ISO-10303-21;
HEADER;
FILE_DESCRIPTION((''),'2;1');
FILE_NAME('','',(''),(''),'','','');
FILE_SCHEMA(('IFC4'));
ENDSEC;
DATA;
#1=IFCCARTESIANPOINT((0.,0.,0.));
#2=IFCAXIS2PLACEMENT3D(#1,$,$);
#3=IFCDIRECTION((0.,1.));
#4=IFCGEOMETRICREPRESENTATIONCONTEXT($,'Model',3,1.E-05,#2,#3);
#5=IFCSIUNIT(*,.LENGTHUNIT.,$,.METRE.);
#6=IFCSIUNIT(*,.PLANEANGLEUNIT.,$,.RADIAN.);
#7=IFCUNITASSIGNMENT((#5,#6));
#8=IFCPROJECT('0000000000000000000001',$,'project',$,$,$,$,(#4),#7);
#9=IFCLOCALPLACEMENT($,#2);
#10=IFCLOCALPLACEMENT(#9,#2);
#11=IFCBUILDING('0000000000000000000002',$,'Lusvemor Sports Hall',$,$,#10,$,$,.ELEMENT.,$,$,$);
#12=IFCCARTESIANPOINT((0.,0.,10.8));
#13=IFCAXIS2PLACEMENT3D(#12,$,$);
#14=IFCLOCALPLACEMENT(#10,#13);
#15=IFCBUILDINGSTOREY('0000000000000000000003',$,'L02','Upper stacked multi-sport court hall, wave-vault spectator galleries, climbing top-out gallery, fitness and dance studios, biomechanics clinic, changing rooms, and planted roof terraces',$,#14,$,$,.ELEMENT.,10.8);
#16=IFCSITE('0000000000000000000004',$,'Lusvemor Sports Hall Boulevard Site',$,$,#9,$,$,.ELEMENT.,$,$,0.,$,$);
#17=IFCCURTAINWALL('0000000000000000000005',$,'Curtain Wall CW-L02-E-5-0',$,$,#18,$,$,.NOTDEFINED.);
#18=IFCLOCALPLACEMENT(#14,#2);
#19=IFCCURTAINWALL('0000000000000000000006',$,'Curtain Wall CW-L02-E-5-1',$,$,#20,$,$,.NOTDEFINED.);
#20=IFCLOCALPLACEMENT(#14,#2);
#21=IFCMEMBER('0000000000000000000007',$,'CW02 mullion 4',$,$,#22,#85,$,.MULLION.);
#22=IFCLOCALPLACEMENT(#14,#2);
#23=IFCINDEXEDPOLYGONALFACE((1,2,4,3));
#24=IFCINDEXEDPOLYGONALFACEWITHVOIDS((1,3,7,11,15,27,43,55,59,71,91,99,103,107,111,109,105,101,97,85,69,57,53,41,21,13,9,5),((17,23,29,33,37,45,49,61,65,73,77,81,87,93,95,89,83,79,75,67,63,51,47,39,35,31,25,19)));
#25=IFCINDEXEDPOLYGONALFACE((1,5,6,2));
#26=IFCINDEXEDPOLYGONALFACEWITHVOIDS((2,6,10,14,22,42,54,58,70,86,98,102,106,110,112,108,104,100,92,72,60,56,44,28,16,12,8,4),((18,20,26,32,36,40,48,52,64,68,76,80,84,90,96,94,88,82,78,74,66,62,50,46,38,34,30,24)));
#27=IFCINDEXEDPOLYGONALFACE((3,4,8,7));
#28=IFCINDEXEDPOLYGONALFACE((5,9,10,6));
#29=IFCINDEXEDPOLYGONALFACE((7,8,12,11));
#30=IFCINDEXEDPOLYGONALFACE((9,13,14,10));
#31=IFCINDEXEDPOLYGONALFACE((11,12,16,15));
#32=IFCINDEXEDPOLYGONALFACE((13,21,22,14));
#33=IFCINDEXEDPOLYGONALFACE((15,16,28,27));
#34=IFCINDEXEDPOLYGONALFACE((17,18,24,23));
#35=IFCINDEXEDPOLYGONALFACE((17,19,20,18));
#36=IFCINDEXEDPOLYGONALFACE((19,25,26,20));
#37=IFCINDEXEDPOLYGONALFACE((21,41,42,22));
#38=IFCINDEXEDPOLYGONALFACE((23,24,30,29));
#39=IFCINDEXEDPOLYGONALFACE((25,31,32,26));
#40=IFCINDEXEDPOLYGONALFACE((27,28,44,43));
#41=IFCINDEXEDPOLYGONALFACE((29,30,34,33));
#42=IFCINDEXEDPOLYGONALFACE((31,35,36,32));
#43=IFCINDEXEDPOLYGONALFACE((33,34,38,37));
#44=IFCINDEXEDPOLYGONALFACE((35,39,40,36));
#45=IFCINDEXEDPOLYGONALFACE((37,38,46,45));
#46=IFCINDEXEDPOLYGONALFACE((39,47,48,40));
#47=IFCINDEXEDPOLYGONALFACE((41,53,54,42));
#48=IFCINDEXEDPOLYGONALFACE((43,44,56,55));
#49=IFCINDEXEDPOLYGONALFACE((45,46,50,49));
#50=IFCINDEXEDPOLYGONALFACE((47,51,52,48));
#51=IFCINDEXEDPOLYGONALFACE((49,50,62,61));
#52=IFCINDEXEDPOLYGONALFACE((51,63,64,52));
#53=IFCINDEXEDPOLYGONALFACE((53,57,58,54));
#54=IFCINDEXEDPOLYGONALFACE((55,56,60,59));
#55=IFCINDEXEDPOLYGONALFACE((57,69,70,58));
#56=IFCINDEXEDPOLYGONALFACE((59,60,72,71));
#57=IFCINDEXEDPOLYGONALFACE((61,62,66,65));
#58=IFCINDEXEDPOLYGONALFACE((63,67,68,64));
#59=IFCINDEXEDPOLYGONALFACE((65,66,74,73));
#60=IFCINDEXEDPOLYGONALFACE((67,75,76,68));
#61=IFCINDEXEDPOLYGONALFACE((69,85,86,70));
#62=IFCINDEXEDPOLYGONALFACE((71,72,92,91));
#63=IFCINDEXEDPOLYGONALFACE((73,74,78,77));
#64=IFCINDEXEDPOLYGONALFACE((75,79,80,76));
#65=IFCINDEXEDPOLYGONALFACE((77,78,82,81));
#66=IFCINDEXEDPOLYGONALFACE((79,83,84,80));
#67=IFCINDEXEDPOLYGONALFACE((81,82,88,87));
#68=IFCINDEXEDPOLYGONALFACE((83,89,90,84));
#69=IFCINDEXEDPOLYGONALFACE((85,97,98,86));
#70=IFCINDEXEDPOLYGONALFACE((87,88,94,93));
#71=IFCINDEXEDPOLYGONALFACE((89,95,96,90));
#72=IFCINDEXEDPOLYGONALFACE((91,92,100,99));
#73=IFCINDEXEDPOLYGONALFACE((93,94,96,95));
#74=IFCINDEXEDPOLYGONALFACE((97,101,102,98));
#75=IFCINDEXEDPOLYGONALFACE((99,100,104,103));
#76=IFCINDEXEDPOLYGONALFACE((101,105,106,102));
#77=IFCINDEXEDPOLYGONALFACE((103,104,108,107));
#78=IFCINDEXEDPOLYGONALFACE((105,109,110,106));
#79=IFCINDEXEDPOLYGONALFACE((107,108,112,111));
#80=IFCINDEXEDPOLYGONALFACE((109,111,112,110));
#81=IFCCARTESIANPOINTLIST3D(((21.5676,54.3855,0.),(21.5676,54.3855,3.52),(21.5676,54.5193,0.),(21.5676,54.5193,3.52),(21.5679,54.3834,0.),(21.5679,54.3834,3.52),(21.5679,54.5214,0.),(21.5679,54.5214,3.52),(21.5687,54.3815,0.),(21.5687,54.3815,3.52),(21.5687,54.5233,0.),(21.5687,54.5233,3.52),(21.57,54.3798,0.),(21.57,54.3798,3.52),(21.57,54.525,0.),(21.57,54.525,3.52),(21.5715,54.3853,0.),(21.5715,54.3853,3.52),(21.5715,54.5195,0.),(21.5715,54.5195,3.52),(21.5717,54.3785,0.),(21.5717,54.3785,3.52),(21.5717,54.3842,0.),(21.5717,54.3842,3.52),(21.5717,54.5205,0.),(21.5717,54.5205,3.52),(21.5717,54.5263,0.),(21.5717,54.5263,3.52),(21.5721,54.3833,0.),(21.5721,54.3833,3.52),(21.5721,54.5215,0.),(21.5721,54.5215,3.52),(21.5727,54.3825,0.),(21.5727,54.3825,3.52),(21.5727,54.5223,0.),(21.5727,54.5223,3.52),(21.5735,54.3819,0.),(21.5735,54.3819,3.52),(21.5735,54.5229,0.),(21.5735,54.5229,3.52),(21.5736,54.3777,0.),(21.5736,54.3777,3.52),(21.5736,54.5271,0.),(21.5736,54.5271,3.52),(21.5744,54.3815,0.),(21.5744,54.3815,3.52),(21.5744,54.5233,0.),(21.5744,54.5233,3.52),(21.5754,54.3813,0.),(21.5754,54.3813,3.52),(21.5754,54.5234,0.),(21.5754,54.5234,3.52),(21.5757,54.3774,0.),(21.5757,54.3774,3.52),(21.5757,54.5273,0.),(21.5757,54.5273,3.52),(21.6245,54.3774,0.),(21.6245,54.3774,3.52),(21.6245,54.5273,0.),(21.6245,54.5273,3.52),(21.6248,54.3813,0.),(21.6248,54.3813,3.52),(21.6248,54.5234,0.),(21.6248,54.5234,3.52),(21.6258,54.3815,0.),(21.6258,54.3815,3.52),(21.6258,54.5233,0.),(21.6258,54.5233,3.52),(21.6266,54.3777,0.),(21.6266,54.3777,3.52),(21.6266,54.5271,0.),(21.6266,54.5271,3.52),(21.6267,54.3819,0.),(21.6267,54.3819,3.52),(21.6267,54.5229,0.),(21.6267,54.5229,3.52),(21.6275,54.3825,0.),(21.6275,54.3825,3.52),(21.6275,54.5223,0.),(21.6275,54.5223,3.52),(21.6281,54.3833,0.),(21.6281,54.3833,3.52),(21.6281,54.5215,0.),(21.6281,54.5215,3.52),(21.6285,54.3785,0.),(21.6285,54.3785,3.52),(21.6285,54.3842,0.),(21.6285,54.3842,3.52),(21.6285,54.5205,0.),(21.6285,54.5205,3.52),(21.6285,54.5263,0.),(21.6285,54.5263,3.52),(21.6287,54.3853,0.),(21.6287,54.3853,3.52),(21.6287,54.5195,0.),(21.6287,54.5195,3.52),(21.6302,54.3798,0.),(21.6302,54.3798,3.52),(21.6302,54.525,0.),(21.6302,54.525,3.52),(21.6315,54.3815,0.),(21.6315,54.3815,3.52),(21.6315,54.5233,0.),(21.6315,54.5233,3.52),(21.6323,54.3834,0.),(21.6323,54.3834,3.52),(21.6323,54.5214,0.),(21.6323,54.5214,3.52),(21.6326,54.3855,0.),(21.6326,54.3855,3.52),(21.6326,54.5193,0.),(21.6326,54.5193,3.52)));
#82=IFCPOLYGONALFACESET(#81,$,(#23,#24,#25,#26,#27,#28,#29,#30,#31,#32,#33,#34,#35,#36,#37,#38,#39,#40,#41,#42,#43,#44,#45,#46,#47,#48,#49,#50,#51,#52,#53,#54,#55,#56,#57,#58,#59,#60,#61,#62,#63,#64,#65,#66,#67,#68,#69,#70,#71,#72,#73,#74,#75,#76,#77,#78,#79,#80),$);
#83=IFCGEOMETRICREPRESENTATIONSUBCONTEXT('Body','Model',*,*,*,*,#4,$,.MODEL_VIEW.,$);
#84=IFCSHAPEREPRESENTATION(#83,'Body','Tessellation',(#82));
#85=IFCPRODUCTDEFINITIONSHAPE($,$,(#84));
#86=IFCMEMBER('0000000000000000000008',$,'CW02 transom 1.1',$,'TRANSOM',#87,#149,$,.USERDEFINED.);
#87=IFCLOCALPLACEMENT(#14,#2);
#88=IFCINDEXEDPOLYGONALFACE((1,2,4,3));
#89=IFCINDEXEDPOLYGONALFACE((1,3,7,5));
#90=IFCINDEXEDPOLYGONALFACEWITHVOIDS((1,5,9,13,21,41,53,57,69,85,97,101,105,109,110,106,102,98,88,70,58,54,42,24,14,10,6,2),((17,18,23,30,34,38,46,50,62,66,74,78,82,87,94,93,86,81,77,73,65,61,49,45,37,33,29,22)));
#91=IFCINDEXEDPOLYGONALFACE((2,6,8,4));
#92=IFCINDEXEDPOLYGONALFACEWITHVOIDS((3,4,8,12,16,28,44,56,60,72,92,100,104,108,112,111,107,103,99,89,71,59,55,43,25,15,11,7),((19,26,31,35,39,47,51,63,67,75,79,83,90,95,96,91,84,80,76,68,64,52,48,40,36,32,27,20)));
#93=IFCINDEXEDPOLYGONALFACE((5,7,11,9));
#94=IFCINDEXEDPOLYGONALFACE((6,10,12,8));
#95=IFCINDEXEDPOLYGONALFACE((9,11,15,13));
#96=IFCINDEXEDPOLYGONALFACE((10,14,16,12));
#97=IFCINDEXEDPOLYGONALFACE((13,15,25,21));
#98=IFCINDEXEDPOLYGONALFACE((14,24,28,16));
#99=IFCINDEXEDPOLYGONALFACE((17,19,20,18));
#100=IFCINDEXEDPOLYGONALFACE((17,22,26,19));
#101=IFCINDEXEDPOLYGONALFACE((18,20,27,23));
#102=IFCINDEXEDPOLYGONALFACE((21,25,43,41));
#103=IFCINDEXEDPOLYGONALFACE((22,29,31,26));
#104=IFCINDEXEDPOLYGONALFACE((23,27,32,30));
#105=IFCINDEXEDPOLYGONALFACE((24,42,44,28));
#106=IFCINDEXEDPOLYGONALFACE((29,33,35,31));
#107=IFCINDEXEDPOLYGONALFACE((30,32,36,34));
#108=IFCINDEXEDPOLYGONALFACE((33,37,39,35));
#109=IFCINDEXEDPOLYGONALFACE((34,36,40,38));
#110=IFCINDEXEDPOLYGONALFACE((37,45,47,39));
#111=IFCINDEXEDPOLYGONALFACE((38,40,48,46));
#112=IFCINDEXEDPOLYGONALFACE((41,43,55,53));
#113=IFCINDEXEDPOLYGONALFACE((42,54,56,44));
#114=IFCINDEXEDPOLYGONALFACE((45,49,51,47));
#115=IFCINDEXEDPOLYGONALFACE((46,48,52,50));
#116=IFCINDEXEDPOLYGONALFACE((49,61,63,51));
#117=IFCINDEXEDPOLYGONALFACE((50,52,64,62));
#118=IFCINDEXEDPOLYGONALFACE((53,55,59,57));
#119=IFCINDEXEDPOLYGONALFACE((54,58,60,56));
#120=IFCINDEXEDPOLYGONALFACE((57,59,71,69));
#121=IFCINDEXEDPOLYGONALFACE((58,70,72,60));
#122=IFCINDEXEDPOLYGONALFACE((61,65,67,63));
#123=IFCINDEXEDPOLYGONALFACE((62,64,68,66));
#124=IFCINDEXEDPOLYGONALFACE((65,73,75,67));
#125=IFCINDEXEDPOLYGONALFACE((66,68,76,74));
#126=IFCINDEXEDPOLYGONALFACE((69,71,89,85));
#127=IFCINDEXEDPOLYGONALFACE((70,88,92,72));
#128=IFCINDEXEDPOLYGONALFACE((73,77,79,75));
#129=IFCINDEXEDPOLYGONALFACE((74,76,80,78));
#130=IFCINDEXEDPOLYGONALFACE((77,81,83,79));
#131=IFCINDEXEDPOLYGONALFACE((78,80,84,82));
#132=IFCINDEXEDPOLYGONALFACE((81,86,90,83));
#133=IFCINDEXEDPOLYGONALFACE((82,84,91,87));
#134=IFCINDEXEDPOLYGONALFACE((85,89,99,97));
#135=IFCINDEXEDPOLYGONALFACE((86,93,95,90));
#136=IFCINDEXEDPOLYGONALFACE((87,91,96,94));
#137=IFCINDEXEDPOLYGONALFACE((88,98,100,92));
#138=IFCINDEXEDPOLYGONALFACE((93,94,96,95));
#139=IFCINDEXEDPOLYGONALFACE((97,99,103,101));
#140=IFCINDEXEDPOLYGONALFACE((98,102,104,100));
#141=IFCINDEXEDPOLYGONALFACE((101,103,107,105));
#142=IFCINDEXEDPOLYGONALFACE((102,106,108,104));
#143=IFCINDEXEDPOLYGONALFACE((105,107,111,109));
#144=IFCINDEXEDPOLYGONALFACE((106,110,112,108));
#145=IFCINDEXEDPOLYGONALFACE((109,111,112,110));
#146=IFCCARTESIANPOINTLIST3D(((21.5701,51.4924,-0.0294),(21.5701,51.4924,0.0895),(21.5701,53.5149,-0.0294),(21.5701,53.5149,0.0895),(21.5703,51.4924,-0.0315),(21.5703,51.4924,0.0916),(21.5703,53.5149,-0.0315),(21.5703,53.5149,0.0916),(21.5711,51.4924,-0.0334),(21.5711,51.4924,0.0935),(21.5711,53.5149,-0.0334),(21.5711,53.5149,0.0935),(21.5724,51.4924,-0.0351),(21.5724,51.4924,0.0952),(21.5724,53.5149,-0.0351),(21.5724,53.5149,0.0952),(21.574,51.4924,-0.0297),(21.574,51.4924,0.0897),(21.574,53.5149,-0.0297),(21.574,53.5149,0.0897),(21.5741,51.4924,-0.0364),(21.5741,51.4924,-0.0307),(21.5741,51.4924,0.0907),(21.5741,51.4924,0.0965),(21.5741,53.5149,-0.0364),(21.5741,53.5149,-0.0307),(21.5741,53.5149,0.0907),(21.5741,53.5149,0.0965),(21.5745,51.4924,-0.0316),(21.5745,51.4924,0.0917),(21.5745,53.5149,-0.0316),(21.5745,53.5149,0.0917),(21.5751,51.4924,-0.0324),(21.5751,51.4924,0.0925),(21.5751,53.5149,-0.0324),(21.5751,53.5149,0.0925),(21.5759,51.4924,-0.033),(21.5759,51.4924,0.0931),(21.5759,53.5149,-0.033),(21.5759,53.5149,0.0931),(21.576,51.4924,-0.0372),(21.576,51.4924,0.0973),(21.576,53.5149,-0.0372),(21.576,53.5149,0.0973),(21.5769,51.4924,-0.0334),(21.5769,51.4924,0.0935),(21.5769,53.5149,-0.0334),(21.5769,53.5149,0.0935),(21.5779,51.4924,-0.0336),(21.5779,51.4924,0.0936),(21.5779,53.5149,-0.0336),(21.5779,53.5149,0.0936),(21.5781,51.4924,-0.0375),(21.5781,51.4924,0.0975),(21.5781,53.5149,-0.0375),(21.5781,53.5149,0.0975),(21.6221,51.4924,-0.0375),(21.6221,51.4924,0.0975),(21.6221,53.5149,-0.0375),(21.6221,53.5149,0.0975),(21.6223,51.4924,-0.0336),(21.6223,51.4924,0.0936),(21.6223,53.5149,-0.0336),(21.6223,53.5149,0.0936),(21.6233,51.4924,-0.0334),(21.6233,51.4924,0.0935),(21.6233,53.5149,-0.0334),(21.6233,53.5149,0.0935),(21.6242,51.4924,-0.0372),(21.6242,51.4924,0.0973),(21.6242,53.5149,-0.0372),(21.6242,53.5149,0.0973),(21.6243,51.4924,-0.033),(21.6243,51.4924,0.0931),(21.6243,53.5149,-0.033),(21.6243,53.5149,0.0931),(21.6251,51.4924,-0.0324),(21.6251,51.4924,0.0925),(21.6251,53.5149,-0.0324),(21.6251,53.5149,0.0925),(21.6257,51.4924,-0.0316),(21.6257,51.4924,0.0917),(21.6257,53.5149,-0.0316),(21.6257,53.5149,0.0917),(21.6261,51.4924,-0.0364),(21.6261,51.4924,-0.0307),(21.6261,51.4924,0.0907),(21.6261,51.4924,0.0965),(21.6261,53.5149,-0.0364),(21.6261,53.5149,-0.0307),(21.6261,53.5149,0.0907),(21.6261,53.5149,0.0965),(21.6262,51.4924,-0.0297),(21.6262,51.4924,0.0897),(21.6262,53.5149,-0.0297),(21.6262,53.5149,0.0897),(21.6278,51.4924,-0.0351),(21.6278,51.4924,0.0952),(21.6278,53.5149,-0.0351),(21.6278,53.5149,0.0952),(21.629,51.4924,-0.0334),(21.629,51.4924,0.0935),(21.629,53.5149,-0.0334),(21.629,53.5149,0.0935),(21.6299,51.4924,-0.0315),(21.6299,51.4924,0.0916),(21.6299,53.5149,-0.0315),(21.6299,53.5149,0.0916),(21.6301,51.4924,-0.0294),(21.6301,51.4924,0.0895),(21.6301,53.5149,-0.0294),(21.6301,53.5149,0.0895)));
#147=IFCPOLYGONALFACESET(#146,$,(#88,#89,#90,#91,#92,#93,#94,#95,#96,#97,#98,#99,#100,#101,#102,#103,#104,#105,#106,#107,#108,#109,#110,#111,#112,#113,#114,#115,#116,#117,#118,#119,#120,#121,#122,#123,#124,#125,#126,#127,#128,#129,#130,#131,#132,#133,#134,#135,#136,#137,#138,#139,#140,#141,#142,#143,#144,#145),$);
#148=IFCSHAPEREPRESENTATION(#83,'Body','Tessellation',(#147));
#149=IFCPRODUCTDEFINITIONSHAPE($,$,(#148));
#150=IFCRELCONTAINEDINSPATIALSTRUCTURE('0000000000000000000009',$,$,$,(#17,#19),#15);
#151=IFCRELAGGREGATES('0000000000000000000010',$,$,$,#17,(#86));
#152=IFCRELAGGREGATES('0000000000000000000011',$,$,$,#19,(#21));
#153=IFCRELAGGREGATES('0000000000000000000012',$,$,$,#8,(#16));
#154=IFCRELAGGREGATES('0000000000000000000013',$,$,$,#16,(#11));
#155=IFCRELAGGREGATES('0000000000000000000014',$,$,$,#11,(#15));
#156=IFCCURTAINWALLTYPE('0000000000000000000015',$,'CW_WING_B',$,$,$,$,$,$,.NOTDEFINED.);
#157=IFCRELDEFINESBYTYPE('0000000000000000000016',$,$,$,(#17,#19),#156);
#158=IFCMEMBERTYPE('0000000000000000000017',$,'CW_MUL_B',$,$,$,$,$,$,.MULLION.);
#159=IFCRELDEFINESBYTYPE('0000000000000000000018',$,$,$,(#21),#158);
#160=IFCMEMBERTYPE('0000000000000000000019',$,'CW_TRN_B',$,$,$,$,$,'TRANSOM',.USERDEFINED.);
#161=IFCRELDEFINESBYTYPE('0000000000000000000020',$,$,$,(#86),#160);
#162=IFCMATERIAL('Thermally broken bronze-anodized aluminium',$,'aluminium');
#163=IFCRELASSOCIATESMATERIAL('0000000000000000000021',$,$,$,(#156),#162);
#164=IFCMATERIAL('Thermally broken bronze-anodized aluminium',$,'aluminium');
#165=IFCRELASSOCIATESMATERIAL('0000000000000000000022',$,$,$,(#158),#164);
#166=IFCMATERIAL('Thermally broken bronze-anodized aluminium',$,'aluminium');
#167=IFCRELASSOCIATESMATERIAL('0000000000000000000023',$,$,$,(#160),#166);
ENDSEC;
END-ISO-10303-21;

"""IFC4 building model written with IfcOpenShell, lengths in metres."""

from ifc_helpers import new_model, si_unit, direction, frame, origin, origin_2d, place, context, subcontext, project, spatial, hollow_rectangle, extrude, material, material_profile, profile_set, type_object, element, aggregate, save


model = new_model("IFC4")

# Units and contexts
model_context = context("Model", 3, precision=1e-05, world=origin(), true_north=direction((0.0, 1.0)))
body_context = subcontext(model_context, "Body", "Model", "MODEL_VIEW")
ifc_project = project(units=[si_unit("LENGTHUNIT", "METRE"), si_unit("PLANEANGLEUNIT", "RADIAN")], contexts=[model_context])

# Site, building, storey
site_placement = place(None, origin())
site = spatial("IfcSite", under=ifc_project, at=site_placement, Name="Lusvemor Sports Hall Boulevard Site", CompositionType="ELEMENT", RefElevation=0.0)
building_placement = place(site_placement, origin())
building = spatial("IfcBuilding", under=site, at=building_placement, Name="Lusvemor Sports Hall", CompositionType="ELEMENT")
storey_placement = place(building_placement, frame((0.0, 0.0, 10.8)))
storey = spatial("IfcBuildingStorey", under=building, at=storey_placement, Name="L02", Description="Upper stacked multi-sport court hall, wave-vault spectator galleries, climbing top-out gallery, fitness and dance studios, biomechanics clinic, changing rooms, and planted roof terraces", CompositionType="ELEMENT", Elevation=10.8)

# Curtain walls, member
ifc_material_1 = material(Name="Thermally broken bronze-anodized aluminium", Category="aluminium")
curtain_wall_type = type_object("IfcCurtainWallType", Name="CW_WING_B", PredefinedType="NOTDEFINED", material=ifc_material_1)
curtain_wall_1_placement = place(storey_placement, origin())
curtain_wall_1 = element("IfcCurtainWall", 1, at=curtain_wall_1_placement, inside=storey, type_object=curtain_wall_type, Name="Curtain Wall CW-L02-E-5-0", PredefinedType="NOTDEFINED")
ifc_material_2 = material(Name="Thermally broken bronze-anodized aluminium", Category="aluminium")
ifc_material_profile_1 = material_profile(ifc_material_2, hollow_rectangle(XDim=0.0649, YDim=0.1499, WallThickness=0.0039, InnerFilletRadius=0.0039, OuterFilletRadius=0.0081, at=origin_2d()), Name="CWMUL150x65x4")
ifc_profile_set_1 = profile_set([ifc_material_profile_1], Name="Thermally broken bronze-anodized aluminium")
member_type_1 = type_object("IfcMemberType", Name="CW_MUL_B", PredefinedType="MULLION", material=ifc_profile_set_1)
curtain_wall_2_placement = place(storey_placement, origin())
curtain_wall_2 = element("IfcCurtainWall", 2, at=curtain_wall_2_placement, inside=storey, type_object=curtain_wall_type, Name="Curtain Wall CW-L02-E-5-1", PredefinedType="NOTDEFINED")
member_1_placement = place(storey_placement, frame((21.6001, 54.4524, 0.0), z_axis=(0.0, 0.0, 1.0), x_axis=(1.0, 0.0, 0.0)))
member_1 = element("IfcMember", 3, at=member_1_placement, type_object=member_type_1, Name="CW02 mullion 4", PredefinedType="MULLION", context=body_context, shape_type="SweptSolid", body=[
    extrude(hollow_rectangle(XDim=0.0649, YDim=0.1499, WallThickness=0.0039, InnerFilletRadius=0.0039, OuterFilletRadius=0.0081, at=origin_2d()), origin(), (0.0, 0.0, 1.0), 3.52),
])

# Member
ifc_material_3 = material(Name="Thermally broken bronze-anodized aluminium", Category="aluminium")
ifc_material_profile_2 = material_profile(ifc_material_3, hollow_rectangle(XDim=0.0601, YDim=0.135, WallThickness=0.0039, InnerFilletRadius=0.0039, OuterFilletRadius=0.0081, at=origin_2d()), Name="CWTRN135x60x4")
ifc_profile_set_2 = profile_set([ifc_material_profile_2], Name="Thermally broken bronze-anodized aluminium")
member_type_2 = type_object("IfcMemberType", Name="CW_TRN_B", ElementType="TRANSOM", PredefinedType="USERDEFINED", material=ifc_profile_set_2)
member_2_placement = place(storey_placement, frame((21.6001, 53.5149, 0.03), z_axis=(0.0, -1.0, 0.0), x_axis=(1.0, 0.0, 0.0)))
member_2 = element("IfcMember", 4, at=member_2_placement, type_object=member_type_2, Name="CW02 transom 1.1", ObjectType="TRANSOM", PredefinedType="USERDEFINED", context=body_context, shape_type="SweptSolid", body=[
    extrude(hollow_rectangle(XDim=0.0601, YDim=0.135, WallThickness=0.0039, InnerFilletRadius=0.0039, OuterFilletRadius=0.0081, at=origin_2d()), origin(), (0.0, 0.0, 1.0), 2.0225),
])

aggregate(curtain_wall_1, [member_2])
aggregate(curtain_wall_2, [member_1])

save(model, "model.ifc")
